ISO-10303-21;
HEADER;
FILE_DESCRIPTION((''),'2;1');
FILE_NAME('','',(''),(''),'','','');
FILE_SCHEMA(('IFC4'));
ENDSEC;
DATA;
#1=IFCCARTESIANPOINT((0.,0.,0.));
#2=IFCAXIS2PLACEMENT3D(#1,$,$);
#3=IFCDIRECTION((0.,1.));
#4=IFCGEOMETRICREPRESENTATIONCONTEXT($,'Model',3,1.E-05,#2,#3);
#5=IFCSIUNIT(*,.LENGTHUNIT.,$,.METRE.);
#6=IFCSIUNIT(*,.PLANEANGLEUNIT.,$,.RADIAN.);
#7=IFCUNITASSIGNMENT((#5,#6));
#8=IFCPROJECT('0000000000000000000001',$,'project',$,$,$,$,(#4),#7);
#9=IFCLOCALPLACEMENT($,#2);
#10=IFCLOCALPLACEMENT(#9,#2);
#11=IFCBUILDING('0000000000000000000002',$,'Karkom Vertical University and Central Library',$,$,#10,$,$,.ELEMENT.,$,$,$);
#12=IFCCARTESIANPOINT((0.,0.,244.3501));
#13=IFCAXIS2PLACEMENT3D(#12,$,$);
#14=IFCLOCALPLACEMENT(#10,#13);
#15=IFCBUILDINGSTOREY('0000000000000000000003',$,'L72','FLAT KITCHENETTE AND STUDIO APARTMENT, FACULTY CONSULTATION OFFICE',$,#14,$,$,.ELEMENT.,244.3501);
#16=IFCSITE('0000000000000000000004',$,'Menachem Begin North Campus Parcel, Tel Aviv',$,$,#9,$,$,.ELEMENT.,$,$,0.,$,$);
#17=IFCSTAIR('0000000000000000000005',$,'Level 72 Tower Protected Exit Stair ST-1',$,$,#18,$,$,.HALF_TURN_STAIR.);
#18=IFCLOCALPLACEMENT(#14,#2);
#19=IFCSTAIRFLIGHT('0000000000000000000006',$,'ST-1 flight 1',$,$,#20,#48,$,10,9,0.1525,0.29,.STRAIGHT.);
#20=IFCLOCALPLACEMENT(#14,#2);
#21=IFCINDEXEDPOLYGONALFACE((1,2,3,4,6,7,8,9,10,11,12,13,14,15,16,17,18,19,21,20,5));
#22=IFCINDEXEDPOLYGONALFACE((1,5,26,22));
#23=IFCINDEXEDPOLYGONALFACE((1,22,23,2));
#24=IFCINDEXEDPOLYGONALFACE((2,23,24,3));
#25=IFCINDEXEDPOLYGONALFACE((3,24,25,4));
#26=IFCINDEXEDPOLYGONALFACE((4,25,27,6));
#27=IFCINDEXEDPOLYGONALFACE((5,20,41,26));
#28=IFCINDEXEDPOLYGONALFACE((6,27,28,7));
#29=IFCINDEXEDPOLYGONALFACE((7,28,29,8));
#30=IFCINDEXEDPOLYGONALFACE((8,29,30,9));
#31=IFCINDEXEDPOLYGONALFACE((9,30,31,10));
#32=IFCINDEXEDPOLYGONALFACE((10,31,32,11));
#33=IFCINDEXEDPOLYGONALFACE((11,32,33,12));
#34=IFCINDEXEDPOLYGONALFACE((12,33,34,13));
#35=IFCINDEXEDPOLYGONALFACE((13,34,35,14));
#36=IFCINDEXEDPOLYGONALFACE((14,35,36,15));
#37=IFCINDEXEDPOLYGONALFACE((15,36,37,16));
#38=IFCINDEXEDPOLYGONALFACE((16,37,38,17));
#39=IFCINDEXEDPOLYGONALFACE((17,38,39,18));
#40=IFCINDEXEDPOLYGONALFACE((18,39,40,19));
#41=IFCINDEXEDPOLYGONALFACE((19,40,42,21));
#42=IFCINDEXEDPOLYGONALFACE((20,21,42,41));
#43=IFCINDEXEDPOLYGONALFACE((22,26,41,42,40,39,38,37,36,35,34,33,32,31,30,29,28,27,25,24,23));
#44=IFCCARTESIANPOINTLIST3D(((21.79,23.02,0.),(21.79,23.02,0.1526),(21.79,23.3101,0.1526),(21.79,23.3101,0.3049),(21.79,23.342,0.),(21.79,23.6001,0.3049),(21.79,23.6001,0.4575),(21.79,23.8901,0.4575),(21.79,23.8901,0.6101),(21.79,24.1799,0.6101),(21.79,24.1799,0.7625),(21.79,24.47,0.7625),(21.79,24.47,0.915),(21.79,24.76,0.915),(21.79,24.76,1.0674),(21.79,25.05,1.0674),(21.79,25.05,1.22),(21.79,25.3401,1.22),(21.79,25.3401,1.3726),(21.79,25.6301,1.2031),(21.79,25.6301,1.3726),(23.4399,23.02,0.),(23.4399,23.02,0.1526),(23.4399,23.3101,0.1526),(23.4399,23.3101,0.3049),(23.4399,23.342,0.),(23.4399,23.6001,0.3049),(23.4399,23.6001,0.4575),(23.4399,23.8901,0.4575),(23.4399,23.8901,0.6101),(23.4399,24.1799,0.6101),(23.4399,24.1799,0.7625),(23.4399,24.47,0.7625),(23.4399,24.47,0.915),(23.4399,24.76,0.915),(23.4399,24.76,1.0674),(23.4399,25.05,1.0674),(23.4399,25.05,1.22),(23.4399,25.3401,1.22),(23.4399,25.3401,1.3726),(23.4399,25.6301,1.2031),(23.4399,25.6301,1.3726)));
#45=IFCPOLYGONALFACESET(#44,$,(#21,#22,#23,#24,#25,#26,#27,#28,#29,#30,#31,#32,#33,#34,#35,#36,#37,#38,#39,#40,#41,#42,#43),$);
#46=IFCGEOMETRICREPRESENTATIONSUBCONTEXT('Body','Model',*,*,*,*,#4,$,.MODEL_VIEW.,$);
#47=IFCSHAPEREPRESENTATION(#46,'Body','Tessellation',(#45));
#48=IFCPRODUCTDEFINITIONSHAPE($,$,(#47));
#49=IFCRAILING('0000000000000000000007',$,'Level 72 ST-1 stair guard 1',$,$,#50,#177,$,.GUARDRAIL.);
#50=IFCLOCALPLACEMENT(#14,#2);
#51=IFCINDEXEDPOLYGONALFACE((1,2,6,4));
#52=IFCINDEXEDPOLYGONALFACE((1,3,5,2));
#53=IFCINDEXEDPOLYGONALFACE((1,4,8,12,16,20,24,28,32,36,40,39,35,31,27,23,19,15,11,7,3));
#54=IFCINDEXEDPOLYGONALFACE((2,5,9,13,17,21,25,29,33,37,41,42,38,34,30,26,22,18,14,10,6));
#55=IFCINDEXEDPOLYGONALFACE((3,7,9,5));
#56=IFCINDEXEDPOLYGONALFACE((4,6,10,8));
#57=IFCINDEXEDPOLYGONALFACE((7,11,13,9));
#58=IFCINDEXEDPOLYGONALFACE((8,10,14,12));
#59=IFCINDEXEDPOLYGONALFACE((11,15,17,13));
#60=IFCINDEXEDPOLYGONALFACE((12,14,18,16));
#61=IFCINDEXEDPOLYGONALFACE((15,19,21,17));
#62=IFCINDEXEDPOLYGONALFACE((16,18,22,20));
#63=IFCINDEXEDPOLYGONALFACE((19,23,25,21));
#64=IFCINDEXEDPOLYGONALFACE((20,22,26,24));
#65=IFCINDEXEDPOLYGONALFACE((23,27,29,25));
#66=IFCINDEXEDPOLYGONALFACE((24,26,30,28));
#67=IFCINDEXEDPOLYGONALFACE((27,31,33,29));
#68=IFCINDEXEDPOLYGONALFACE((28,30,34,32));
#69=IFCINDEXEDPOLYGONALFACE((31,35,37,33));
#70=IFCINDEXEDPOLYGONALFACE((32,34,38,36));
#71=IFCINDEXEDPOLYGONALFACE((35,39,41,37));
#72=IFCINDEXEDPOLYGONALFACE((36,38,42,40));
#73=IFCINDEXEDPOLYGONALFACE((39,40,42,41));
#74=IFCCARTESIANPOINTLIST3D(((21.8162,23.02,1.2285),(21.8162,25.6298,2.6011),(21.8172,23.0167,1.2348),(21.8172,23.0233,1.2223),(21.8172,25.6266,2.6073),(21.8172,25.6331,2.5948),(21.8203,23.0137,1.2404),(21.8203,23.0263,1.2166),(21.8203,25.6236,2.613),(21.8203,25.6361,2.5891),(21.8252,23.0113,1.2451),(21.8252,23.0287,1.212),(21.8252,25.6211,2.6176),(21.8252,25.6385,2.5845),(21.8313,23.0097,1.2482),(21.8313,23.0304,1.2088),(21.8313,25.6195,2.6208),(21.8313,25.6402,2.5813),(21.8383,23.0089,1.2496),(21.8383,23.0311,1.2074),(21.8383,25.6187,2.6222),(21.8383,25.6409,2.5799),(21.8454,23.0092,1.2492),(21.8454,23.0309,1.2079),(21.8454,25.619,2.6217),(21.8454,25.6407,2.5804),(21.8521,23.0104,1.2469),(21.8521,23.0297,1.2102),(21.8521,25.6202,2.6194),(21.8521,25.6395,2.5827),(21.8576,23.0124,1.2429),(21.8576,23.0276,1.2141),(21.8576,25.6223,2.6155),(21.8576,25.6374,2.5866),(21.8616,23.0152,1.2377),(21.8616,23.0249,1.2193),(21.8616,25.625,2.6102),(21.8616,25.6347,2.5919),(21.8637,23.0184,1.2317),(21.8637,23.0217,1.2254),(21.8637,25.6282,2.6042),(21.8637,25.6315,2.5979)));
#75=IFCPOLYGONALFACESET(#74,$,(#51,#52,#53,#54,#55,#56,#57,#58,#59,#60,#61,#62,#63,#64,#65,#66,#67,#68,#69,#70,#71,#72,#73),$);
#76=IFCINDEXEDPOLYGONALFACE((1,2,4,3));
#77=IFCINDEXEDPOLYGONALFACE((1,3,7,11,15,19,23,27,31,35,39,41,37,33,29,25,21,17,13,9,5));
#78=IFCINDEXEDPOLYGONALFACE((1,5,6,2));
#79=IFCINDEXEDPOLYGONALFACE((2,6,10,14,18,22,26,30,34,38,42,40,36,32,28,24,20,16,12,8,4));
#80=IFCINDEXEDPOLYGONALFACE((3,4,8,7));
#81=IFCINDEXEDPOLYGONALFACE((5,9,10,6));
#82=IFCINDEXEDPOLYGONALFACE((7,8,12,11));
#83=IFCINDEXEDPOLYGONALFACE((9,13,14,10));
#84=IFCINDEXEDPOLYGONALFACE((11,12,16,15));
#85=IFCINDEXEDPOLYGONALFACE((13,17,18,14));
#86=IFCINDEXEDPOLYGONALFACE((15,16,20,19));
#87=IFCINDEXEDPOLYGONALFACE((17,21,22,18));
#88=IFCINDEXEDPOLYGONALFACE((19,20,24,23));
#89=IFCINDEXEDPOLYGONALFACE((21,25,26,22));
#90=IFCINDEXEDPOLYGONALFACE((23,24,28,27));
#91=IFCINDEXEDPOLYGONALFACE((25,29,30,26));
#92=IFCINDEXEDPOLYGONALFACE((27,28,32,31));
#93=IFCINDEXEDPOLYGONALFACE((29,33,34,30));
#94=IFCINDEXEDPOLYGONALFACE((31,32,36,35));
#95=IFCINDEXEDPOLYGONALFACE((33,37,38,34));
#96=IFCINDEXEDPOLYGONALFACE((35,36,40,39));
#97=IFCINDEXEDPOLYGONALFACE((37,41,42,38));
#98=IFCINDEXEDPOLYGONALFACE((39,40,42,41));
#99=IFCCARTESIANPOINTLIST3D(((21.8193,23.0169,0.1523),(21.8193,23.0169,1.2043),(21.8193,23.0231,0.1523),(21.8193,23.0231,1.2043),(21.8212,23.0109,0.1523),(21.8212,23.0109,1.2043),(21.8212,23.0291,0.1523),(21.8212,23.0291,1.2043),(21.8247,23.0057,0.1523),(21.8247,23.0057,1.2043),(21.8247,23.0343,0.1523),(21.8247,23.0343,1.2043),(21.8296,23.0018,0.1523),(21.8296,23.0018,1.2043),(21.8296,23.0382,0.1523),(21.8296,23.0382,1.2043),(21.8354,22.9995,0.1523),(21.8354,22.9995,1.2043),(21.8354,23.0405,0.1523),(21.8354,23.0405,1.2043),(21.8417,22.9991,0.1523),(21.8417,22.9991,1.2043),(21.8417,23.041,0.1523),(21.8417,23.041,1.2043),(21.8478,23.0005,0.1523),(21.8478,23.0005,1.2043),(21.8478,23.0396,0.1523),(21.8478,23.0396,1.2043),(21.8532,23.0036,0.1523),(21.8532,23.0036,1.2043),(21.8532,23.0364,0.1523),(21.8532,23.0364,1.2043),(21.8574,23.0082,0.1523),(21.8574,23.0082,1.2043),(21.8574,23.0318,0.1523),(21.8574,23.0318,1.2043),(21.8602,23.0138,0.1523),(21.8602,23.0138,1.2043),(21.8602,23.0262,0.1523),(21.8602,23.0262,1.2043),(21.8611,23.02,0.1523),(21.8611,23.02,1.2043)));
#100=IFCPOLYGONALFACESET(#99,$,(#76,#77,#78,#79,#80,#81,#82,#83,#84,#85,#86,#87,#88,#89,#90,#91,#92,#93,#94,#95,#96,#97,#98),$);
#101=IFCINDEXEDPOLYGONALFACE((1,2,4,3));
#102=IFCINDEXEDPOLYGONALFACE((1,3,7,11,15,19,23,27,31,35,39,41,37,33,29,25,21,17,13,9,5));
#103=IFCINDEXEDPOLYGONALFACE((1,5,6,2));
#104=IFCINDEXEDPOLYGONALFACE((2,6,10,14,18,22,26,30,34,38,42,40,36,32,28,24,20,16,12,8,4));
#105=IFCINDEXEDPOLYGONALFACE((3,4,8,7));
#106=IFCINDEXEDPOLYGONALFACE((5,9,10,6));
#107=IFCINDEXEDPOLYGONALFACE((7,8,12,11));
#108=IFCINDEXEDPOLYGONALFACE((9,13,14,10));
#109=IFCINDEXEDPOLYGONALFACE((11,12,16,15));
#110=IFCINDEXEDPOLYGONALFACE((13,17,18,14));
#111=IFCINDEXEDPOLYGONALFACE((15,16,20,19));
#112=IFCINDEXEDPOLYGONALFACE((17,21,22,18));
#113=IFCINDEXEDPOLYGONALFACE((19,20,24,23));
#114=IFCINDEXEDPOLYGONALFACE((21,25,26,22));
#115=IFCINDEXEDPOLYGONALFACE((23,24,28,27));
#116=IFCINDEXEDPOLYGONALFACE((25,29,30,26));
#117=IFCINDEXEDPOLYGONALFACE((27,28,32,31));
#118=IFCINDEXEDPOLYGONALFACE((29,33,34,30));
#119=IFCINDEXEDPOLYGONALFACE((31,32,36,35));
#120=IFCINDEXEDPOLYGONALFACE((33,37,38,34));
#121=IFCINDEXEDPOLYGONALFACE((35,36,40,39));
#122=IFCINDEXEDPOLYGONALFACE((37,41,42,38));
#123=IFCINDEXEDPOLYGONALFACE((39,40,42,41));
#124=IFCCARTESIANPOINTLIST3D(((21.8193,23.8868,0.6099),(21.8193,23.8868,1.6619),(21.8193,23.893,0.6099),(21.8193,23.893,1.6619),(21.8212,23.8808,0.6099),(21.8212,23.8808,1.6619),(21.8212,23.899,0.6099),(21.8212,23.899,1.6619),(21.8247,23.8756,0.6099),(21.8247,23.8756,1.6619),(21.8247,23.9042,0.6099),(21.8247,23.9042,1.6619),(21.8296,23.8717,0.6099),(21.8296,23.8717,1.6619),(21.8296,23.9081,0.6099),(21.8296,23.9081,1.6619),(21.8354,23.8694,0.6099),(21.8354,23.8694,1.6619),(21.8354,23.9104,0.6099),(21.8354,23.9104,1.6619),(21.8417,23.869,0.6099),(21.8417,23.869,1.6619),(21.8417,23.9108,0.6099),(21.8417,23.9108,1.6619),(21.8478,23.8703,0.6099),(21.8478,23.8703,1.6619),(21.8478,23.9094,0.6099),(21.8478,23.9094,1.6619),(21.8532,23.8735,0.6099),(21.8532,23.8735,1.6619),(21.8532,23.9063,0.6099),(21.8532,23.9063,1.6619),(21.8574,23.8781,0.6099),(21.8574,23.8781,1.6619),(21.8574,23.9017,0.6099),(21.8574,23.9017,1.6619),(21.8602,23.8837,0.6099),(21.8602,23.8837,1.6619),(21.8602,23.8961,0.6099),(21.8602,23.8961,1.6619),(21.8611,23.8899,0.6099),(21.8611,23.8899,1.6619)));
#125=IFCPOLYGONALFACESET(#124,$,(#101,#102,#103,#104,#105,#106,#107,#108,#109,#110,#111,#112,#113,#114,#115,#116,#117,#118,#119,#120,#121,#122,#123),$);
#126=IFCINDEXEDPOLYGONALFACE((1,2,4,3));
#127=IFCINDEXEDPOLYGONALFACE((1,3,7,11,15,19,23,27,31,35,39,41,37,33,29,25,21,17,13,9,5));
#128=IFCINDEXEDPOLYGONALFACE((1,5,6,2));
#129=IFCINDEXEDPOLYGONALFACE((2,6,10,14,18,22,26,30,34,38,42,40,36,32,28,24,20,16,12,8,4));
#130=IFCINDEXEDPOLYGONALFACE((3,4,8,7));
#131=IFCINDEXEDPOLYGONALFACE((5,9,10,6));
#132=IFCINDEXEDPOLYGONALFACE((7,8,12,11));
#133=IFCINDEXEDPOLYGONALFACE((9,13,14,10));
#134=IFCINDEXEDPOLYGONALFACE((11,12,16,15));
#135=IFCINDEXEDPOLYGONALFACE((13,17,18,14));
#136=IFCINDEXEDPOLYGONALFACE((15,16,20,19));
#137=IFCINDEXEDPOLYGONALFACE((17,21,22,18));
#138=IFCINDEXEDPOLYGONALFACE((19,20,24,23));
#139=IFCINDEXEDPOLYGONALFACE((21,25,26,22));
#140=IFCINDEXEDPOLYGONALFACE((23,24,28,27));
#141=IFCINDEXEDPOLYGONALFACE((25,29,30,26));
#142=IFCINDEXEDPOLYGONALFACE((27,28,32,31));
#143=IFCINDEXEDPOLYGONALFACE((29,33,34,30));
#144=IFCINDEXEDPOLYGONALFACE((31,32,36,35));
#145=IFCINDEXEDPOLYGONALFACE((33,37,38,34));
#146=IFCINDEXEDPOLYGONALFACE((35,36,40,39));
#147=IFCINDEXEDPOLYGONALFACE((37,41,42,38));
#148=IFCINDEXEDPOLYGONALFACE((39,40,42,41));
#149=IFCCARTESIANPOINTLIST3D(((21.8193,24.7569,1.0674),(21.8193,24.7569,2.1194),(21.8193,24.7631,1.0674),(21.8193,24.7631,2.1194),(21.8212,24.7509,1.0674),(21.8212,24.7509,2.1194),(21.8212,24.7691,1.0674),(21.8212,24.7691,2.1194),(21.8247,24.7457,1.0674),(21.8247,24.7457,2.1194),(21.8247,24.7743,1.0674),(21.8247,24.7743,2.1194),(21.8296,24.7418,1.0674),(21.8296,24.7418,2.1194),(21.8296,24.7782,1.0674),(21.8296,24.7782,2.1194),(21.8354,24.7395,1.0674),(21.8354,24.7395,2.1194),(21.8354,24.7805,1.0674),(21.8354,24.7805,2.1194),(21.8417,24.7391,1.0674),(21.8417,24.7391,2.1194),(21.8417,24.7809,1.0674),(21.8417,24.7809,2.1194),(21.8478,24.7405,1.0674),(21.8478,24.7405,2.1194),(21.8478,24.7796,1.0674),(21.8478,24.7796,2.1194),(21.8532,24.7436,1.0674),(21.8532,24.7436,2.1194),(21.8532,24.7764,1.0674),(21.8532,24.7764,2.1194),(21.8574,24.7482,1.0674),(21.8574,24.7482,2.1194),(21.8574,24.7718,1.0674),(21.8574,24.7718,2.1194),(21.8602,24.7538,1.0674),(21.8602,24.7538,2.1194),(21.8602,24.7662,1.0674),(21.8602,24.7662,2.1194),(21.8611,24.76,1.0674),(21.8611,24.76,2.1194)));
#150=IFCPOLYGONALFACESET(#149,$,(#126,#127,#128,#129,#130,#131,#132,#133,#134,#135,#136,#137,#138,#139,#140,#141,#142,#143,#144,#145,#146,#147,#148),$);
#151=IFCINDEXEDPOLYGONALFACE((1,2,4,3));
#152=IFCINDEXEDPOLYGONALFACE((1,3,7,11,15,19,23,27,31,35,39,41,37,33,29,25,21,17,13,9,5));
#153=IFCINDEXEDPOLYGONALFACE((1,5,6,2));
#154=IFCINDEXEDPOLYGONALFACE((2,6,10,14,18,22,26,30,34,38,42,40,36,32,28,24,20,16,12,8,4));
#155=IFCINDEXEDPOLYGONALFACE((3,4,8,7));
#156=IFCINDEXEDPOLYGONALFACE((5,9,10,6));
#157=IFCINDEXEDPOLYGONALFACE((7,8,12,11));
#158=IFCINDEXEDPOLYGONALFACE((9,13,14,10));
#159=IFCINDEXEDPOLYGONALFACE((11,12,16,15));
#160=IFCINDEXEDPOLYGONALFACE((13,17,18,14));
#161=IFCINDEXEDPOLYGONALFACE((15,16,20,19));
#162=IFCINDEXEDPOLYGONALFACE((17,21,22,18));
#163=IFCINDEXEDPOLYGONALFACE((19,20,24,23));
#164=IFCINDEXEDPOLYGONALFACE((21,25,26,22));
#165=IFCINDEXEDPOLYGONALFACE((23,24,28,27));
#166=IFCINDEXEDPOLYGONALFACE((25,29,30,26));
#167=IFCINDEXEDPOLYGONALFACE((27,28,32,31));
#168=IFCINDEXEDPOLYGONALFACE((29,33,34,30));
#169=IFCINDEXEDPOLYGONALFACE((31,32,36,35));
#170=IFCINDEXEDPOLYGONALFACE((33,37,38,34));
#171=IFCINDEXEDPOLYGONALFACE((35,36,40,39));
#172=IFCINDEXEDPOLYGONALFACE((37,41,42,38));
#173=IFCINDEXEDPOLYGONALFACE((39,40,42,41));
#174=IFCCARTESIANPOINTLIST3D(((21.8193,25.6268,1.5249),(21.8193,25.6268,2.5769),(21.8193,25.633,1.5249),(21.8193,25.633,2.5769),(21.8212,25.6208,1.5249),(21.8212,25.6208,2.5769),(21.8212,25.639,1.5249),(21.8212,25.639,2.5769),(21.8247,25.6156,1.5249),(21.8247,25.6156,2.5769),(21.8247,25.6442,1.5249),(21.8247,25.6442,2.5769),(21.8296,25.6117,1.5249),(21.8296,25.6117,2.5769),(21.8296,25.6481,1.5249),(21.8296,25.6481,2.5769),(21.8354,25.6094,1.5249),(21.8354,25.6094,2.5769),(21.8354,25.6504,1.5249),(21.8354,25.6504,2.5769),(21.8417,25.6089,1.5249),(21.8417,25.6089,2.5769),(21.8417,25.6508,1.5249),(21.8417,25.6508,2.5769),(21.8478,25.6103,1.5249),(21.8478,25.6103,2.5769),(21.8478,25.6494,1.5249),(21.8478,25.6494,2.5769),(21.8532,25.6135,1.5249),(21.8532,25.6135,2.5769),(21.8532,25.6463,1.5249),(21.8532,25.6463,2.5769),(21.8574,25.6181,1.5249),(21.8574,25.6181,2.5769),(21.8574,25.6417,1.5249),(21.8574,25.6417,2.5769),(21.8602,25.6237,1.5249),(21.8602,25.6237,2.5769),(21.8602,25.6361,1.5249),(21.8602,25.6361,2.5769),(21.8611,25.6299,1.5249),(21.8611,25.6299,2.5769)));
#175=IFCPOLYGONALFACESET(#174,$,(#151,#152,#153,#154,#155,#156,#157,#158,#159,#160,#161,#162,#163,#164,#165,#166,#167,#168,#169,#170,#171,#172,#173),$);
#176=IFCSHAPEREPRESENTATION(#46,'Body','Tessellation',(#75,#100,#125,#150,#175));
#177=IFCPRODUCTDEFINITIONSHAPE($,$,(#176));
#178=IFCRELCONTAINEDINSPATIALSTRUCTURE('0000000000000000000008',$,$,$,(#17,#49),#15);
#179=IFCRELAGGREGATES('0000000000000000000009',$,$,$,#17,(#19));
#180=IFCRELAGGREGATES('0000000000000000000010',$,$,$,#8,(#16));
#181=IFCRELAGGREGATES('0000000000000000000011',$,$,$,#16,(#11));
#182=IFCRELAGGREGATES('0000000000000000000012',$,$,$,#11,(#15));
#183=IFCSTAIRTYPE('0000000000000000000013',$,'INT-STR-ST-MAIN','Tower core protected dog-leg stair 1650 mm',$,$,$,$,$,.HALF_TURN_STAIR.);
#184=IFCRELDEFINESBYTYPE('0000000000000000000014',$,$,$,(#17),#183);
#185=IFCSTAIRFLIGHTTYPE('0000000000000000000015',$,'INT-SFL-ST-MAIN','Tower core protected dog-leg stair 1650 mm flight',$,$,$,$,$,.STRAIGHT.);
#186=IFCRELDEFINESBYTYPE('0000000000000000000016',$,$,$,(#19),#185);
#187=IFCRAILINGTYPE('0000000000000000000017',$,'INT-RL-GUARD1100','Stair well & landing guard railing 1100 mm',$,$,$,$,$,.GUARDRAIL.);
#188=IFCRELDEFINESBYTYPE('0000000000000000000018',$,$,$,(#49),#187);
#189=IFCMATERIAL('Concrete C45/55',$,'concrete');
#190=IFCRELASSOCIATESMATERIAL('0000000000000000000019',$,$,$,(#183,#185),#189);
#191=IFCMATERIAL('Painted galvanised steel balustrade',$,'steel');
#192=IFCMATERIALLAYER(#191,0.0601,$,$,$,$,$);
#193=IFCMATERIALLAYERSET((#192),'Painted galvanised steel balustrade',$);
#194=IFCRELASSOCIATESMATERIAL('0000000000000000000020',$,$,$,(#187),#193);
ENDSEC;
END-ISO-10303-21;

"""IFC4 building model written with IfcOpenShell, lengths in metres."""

from ifc_helpers import new_model, si_unit, direction, frame, origin, origin_2d, place, context, subcontext, project, spatial, polyline, circle, outline, extrude, material, layer, layer_set, type_object, element, aggregate, save


model = new_model("IFC4")

# Units and contexts
model_context = context("Model", 3, precision=1e-05, world=origin(), true_north=direction((0.0, 1.0)))
body_context = subcontext(model_context, "Body", "Model", "MODEL_VIEW")
ifc_project = project(units=[si_unit("LENGTHUNIT", "METRE"), si_unit("PLANEANGLEUNIT", "RADIAN")], contexts=[model_context])

# Site, building, storey
site_placement = place(None, origin())
site = spatial("IfcSite", under=ifc_project, at=site_placement, Name="Menachem Begin North Campus Parcel, Tel Aviv", CompositionType="ELEMENT", RefElevation=0.0)
building_placement = place(site_placement, origin())
building = spatial("IfcBuilding", under=site, at=building_placement, Name="Karkom Vertical University and Central Library", CompositionType="ELEMENT")
storey_placement = place(building_placement, frame((0.0, 0.0, 244.3501)))
storey = spatial("IfcBuildingStorey", under=building, at=storey_placement, Name="L72", Description="FLAT KITCHENETTE AND STUDIO APARTMENT, FACULTY CONSULTATION OFFICE", CompositionType="ELEMENT", Elevation=244.3501)

# Shared definitions
ifc_material_1 = material(Name="Concrete C45/55", Category="concrete")

# Stair, stair flight
stair_type = type_object("IfcStairType", Name="INT-STR-ST-MAIN", Description="Tower core protected dog-leg stair 1650 mm", PredefinedType="HALF_TURN_STAIR", material=ifc_material_1)
stair_placement = place(storey_placement, origin())
stair = element("IfcStair", 1, at=stair_placement, inside=storey, type_object=stair_type, Name="Level 72 Tower Protected Exit Stair ST-1", PredefinedType="HALF_TURN_STAIR")
stair_flight_type = type_object("IfcStairFlightType", Name="INT-SFL-ST-MAIN", Description="Tower core protected dog-leg stair 1650 mm flight", PredefinedType="STRAIGHT", material=ifc_material_1)
stair_flight_placement = place(storey_placement, frame((22.615, 23.02, 0.0), z_axis=(0.0, 0.0, 1.0), x_axis=(0.0, 1.0, 0.0)))
stair_flight = element("IfcStairFlight", 2, at=stair_flight_placement, type_object=stair_flight_type, Name="ST-1 flight 1", NumberOfRisers=10, NumberOfTreads=9, PredefinedType="STRAIGHT", RiserHeight=0.1525, TreadLength=0.29, context=body_context, shape_type="SweptSolid", body=[
    extrude(outline(polyline([(0.0, 0.0), (0.0, 0.1526), (0.29, 0.1526), (0.29, 0.3049), (0.5801, 0.3049), (0.5801, 0.4575), (0.8701, 0.4575), (0.8701, 0.6101), (1.1599, 0.6101), (1.1599, 0.7625), (1.45, 0.7625), (1.45, 0.915), (1.74, 0.915), (1.74, 1.0674), (2.03, 1.0674), (2.03, 1.22), (2.3201, 1.22), (2.3201, 1.3726), (2.6101, 1.3726), (2.6101, 1.5249), (2.6101, 1.2031), (0.322, 0.0), (0.0, 0.0)])), frame((0.0, 0.825, 0.0), z_axis=(0.0, -1.0, 0.0), x_axis=(1.0, 0.0, 0.0)), (0.0, 0.0, 1.0), 1.6499),
])
aggregate(stair, [stair_flight])

# Railing
ifc_material_2 = material(Name="Painted galvanised steel balustrade", Category="steel")
ifc_layer_1 = layer(ifc_material_2, 0.0601)
ifc_layer_set_1 = layer_set([ifc_layer_1], Name="Painted galvanised steel balustrade")
railing_type_1 = type_object("IfcRailingType", Name="INT-RL-GUARD1100", Description="Stair well & landing guard railing 1100 mm", PredefinedType="GUARDRAIL", material=ifc_layer_set_1)
railing_1_placement = place(storey_placement, frame((21.8401, 23.02, 0.1523)))
element("IfcRailing", 3, at=railing_1_placement, inside=storey, type_object=railing_type_1, Name="Level 72 ST-1 stair guard 1", PredefinedType="GUARDRAIL", context=body_context, shape_type="SweptSolid", body=[
    extrude(circle(Radius=0.0239, at=origin_2d()), frame((0.0, 0.0, 1.0762), z_axis=(0.0, 0.885065, 0.465467), x_axis=(-1.0, 0.0, 0.0)), (0.0, 0.0, 1.0), 2.9487),
    extrude(circle(Radius=0.021, at=origin_2d()), origin(), (0.0, 0.0, 1.0), 1.052),
    extrude(circle(Radius=0.021, at=origin_2d()), frame((0.0, 0.8699, 0.4575)), (0.0, 0.0, 1.0), 1.052),
    extrude(circle(Radius=0.021, at=origin_2d()), frame((0.0, 1.74, 0.915)), (0.0, 0.0, 1.0), 1.052),
    extrude(circle(Radius=0.021, at=origin_2d()), frame((0.0, 2.6099, 1.3726)), (0.0, 0.0, 1.0), 1.052),
])

save(model, "model.ifc")
